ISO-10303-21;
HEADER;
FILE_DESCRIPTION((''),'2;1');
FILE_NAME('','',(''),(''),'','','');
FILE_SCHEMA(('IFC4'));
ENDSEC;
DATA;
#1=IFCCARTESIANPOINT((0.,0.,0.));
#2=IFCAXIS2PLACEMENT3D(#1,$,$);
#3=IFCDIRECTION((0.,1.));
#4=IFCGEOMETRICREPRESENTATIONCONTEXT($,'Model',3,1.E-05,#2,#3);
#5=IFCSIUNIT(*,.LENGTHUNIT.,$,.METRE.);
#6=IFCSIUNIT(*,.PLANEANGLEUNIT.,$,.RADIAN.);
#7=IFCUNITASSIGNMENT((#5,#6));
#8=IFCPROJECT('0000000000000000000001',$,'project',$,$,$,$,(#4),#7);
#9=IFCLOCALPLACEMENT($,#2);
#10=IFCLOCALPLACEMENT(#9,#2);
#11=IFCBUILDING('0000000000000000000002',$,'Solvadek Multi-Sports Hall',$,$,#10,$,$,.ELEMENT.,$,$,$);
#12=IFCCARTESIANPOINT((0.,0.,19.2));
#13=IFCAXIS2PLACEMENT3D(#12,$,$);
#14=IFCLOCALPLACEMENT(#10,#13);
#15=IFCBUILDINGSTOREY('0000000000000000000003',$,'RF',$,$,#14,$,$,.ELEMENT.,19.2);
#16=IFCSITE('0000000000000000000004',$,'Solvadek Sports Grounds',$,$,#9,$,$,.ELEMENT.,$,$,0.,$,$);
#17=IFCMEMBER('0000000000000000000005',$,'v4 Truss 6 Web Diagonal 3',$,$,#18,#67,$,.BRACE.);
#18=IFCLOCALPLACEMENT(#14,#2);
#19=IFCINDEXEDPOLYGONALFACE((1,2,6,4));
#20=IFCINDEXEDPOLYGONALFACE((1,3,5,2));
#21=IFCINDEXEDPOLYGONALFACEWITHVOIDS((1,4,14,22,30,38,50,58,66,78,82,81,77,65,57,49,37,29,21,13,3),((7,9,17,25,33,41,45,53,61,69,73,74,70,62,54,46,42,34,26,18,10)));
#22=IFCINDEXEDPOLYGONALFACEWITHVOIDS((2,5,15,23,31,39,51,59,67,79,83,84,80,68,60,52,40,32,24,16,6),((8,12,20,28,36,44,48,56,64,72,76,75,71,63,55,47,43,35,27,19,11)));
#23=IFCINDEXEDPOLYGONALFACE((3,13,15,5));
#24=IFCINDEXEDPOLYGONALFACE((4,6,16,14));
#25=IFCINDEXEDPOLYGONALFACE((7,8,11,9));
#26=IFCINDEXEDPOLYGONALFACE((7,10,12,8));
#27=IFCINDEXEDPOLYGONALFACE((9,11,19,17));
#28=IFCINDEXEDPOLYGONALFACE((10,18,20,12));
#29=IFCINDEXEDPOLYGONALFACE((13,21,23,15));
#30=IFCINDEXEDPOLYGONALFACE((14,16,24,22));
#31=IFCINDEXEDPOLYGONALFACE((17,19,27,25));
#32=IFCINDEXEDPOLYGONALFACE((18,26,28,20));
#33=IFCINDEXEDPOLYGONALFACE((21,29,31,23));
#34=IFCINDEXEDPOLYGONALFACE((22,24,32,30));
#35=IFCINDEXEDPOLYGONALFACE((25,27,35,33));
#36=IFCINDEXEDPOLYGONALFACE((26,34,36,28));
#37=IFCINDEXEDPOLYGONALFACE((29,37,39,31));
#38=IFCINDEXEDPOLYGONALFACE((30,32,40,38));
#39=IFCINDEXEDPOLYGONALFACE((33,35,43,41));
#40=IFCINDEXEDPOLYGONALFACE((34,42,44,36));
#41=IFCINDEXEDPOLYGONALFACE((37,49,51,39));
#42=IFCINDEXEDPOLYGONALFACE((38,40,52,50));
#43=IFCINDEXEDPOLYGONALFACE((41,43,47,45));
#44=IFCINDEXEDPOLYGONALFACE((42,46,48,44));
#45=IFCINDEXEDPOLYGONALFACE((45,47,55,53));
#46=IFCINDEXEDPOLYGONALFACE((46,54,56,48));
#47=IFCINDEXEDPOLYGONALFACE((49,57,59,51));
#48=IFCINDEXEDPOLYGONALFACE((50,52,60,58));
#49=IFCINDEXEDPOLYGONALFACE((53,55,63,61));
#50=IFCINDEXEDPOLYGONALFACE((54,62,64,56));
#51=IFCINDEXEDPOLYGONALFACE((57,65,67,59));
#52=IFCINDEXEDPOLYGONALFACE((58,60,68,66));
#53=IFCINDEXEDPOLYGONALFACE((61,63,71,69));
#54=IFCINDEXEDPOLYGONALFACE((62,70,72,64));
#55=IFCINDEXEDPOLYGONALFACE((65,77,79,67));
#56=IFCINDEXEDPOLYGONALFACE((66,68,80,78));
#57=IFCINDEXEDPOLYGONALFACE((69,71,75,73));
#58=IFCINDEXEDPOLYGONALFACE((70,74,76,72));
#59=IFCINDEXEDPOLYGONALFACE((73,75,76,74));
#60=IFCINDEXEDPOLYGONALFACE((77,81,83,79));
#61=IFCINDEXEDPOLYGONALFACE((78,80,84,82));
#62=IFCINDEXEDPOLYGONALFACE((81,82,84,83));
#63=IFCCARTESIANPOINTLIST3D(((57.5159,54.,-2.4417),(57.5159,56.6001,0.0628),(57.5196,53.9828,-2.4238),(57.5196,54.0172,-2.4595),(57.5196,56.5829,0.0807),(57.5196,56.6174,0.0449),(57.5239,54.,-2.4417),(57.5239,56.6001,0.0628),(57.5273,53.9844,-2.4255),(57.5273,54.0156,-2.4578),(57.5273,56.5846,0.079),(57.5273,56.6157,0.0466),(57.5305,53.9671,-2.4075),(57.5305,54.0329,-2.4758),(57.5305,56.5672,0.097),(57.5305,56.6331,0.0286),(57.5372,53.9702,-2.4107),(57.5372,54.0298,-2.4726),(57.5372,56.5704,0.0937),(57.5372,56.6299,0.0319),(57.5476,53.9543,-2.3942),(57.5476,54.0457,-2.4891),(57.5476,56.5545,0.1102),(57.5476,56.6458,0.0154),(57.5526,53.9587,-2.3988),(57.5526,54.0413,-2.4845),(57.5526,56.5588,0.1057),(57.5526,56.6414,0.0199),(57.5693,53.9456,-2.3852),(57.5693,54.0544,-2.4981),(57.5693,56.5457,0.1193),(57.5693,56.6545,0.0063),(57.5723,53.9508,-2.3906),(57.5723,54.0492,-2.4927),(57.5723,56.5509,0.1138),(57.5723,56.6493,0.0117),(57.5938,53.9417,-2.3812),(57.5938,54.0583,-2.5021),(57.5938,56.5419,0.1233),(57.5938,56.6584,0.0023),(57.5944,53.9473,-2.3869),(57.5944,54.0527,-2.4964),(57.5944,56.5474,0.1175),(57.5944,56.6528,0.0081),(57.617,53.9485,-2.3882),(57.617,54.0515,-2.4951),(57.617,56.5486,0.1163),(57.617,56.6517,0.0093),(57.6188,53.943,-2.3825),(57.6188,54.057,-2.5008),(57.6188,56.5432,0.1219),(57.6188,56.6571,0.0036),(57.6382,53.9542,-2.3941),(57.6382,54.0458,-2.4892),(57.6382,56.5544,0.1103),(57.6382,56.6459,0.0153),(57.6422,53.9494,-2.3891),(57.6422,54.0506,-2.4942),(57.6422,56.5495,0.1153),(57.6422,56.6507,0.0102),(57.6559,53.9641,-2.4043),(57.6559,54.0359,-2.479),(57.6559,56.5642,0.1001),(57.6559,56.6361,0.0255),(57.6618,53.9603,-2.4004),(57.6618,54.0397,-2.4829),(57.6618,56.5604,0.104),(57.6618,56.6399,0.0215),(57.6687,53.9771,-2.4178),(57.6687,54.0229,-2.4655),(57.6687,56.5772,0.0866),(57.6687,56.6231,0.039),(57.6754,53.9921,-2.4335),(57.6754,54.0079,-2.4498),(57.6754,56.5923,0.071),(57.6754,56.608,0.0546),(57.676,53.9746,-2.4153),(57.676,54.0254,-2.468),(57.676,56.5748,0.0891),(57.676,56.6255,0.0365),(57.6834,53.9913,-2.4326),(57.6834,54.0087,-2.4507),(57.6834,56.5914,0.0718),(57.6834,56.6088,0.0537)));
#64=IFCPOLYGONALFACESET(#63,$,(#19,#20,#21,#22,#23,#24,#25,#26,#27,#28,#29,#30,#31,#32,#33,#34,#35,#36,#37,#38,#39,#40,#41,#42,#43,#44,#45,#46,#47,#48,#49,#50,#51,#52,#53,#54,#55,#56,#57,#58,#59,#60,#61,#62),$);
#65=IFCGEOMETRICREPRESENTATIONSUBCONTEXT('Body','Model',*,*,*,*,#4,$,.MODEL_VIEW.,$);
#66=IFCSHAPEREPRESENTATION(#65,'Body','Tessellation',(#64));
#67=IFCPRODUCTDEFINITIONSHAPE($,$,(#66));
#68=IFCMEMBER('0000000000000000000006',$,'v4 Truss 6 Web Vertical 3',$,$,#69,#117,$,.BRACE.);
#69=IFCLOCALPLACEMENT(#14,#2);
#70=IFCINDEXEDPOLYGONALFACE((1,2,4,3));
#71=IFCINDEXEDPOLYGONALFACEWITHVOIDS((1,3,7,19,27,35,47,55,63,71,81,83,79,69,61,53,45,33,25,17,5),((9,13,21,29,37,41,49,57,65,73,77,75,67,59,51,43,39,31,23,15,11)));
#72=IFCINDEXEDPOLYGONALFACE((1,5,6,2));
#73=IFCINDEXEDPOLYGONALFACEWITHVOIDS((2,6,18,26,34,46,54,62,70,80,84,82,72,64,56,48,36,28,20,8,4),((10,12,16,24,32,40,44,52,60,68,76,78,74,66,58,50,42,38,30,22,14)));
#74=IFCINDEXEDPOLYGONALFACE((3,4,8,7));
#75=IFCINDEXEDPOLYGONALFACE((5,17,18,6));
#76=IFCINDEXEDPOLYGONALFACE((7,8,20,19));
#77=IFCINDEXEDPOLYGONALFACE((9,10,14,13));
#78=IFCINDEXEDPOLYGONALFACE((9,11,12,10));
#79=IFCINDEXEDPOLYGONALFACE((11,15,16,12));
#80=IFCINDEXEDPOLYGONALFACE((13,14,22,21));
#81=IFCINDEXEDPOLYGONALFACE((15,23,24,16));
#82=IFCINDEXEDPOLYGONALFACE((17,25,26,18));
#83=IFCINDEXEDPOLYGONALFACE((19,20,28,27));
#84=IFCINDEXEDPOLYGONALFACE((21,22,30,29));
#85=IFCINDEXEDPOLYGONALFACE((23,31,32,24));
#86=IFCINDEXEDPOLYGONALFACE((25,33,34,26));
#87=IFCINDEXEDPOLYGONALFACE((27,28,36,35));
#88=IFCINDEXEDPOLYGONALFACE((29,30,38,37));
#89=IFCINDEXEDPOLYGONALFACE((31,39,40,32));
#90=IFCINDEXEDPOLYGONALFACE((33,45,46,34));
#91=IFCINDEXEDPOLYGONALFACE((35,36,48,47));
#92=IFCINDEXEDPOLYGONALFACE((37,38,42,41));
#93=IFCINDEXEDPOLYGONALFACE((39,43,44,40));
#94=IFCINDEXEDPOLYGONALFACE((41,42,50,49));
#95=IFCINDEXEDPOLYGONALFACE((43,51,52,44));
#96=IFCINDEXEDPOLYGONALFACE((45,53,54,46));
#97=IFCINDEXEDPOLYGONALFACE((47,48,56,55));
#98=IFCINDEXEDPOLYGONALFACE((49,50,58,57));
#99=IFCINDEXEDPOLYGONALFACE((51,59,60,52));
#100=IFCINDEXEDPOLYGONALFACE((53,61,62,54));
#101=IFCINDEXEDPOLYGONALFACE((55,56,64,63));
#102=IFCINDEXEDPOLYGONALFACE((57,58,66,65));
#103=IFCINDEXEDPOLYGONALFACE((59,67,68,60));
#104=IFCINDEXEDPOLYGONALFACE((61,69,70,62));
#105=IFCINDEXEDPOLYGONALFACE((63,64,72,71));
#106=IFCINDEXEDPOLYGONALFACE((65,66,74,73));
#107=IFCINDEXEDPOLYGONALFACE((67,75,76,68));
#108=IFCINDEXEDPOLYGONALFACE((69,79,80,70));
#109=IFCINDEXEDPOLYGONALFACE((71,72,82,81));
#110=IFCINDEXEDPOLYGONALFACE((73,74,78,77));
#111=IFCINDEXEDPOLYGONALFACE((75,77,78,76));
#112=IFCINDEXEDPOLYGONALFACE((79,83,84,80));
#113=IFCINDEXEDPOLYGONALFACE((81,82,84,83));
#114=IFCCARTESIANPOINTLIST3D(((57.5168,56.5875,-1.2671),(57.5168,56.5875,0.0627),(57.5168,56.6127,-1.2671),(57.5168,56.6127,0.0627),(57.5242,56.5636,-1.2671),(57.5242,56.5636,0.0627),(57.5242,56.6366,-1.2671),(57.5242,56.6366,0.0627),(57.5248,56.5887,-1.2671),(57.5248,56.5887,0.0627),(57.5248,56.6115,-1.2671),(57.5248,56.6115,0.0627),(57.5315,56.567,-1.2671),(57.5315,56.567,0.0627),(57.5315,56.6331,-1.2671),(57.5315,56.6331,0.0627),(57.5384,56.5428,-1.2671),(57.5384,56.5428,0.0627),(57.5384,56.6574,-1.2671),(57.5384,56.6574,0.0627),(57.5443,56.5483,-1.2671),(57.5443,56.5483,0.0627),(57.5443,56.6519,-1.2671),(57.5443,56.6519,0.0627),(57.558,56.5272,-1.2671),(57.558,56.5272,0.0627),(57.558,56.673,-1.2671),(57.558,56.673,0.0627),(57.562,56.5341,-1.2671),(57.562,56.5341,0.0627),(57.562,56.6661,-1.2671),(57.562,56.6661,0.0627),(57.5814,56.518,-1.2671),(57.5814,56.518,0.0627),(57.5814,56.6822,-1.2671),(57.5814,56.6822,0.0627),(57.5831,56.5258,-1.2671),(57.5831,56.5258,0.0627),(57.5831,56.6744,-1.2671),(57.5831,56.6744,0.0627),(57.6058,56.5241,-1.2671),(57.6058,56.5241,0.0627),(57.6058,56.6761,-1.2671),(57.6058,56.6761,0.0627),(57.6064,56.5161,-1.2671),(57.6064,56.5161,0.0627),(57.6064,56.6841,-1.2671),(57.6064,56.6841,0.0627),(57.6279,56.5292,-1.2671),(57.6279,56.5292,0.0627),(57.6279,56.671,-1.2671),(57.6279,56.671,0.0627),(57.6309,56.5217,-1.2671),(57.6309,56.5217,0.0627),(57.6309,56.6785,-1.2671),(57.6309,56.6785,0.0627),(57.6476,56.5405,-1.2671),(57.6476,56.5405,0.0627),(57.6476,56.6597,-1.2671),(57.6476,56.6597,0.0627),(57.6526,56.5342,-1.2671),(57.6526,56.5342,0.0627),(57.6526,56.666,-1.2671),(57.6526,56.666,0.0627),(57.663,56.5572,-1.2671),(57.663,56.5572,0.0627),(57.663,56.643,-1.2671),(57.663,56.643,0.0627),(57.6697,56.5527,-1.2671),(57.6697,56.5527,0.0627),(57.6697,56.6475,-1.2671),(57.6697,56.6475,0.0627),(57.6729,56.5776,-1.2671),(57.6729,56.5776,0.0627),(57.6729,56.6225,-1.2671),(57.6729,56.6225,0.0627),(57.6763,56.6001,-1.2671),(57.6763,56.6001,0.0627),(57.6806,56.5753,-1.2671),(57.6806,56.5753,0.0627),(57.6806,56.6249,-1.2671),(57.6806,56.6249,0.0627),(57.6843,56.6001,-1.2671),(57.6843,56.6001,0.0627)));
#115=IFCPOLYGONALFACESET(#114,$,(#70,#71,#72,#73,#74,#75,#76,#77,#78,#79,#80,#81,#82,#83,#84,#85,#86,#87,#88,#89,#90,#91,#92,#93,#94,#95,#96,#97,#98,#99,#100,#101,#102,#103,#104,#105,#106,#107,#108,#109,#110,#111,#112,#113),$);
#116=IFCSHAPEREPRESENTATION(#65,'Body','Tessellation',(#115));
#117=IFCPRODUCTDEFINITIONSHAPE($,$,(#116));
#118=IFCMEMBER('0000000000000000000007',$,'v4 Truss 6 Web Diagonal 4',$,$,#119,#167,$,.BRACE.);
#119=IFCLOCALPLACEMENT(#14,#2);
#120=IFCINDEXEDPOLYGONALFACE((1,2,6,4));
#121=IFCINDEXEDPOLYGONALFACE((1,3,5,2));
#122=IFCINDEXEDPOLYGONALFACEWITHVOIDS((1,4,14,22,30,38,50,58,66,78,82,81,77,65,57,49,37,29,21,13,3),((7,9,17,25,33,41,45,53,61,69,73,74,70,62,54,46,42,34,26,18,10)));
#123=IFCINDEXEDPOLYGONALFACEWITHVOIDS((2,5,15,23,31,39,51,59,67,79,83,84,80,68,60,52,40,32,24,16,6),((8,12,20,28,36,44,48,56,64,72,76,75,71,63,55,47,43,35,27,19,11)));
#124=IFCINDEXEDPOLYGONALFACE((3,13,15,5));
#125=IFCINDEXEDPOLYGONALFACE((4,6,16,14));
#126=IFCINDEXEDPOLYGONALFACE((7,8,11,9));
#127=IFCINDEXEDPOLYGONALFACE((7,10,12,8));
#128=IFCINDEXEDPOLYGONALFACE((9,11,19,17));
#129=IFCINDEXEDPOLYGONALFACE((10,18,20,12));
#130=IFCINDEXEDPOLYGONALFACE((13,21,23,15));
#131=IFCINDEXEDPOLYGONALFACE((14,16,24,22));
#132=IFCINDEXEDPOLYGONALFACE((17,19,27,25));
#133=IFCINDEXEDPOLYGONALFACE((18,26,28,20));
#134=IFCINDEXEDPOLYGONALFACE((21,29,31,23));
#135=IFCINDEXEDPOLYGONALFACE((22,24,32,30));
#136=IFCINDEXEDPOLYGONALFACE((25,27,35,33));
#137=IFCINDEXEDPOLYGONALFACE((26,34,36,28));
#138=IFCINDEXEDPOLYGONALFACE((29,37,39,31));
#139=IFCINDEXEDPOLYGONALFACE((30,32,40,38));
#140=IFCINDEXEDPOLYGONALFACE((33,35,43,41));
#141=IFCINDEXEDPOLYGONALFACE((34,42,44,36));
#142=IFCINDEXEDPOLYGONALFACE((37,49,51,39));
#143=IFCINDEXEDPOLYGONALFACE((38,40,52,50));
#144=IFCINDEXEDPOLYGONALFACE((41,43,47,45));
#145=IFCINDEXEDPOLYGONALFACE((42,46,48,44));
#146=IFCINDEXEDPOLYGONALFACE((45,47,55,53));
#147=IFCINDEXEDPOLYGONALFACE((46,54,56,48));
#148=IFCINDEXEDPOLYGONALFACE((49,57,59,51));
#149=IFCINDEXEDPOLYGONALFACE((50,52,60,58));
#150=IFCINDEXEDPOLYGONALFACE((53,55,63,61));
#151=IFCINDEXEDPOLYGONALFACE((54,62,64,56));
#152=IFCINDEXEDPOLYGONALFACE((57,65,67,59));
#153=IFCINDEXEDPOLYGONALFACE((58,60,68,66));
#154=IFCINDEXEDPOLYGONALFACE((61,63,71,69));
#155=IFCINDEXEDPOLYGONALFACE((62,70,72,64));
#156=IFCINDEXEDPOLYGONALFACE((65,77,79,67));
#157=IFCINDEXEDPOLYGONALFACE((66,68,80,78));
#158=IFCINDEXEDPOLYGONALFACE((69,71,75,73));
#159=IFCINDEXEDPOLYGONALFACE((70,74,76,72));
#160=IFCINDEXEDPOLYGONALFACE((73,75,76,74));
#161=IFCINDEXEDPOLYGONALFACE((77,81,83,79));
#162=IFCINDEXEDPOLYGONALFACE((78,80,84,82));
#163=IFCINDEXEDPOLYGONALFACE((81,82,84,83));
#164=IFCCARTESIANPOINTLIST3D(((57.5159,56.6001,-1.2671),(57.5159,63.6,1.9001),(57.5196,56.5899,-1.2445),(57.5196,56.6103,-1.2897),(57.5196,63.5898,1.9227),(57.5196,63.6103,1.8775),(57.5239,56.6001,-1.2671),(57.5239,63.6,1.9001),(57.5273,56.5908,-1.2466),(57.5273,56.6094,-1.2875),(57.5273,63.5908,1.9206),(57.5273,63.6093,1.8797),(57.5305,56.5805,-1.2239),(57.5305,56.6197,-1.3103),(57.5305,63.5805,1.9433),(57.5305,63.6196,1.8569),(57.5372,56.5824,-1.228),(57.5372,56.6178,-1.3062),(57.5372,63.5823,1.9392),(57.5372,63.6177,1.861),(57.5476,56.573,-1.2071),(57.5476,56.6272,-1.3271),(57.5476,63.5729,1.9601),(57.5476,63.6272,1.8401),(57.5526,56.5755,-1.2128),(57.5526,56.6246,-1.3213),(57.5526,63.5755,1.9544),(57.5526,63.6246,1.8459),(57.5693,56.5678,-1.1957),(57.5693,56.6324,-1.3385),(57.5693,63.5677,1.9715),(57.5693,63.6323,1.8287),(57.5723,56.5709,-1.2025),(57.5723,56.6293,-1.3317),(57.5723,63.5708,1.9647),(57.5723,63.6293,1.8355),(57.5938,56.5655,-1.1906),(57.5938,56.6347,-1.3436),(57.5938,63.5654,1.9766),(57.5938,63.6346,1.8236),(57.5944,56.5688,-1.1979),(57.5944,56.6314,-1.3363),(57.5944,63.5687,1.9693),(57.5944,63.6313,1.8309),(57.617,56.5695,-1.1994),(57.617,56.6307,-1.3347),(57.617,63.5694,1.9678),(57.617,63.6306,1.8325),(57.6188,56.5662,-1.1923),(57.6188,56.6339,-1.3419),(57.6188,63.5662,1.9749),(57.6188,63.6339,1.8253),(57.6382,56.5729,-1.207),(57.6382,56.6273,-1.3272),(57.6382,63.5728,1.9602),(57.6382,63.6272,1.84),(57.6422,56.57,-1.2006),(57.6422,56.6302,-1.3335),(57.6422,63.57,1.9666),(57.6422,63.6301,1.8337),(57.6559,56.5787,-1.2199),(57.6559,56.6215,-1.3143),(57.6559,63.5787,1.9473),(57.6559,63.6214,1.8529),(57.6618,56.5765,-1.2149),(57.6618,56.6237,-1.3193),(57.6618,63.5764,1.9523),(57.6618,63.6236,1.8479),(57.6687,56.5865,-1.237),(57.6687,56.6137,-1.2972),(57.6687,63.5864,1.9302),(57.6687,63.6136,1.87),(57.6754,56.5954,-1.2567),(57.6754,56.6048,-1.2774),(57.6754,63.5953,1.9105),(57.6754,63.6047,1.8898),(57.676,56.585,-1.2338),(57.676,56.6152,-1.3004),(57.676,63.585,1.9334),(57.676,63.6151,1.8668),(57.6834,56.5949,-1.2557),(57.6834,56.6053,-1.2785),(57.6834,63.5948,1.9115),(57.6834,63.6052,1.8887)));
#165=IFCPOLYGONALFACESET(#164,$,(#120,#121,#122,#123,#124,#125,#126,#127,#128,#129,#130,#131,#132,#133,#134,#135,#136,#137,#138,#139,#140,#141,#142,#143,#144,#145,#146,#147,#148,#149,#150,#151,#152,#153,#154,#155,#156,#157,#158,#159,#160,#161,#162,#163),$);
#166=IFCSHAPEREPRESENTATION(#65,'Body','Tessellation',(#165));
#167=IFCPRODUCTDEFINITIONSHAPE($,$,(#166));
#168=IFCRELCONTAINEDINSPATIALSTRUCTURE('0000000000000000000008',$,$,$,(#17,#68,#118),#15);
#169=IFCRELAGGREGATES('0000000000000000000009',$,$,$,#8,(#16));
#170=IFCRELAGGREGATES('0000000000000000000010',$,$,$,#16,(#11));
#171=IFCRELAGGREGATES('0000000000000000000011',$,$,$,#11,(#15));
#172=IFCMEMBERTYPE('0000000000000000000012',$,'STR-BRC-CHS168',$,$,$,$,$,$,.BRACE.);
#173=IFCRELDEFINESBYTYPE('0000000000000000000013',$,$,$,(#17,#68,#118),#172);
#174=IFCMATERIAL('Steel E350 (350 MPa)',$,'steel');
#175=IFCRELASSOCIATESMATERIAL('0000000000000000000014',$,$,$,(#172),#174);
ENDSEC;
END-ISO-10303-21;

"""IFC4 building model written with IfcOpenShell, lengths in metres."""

from ifc_helpers import new_model, si_unit, direction, frame, origin, origin_2d, place, context, subcontext, project, spatial, hollow_circle, extrude, material, material_profile, profile_set, type_object, element, save


model = new_model("IFC4")

# Units and contexts
model_context = context("Model", 3, precision=1e-05, world=origin(), true_north=direction((0.0, 1.0)))
body_context = subcontext(model_context, "Body", "Model", "MODEL_VIEW")
ifc_project = project(units=[si_unit("LENGTHUNIT", "METRE"), si_unit("PLANEANGLEUNIT", "RADIAN")], contexts=[model_context])

# Site, building, storey
site_placement = place(None, origin())
site = spatial("IfcSite", under=ifc_project, at=site_placement, Name="Solvadek Sports Grounds", CompositionType="ELEMENT", RefElevation=0.0)
building_placement = place(site_placement, origin())
building = spatial("IfcBuilding", under=site, at=building_placement, Name="Solvadek Multi-Sports Hall", CompositionType="ELEMENT")
storey_placement = place(building_placement, frame((0.0, 0.0, 19.2)))
storey = spatial("IfcBuildingStorey", under=building, at=storey_placement, Name="RF", CompositionType="ELEMENT", Elevation=19.2)

# Shared definitions
ifc_material_1 = material(Name="Steel E350 (350 MPa)", Category="steel")

# Members
ifc_material_profile_1 = material_profile(ifc_material_1, hollow_circle(Radius=0.0842, WallThickness=0.0081, at=origin_2d()), Name="CHS 168.3x8")
ifc_profile_set_1 = profile_set([ifc_material_profile_1], Name="Steel E350 (350 MPa)")
member_type_1 = type_object("IfcMemberType", Name="STR-BRC-CHS168", PredefinedType="BRACE", material=ifc_profile_set_1)
member_1_placement = place(storey_placement, frame((57.6001, 54.0, -2.4417), z_axis=(0.0, 0.720238, 0.693727), x_axis=(-1.0, 0.0, 0.0)))
element("IfcMember", 1, at=member_1_placement, inside=storey, type_object=member_type_1, Name="v4 Truss 6 Web Diagonal 3", PredefinedType="BRACE", context=body_context, shape_type="SweptSolid", body=[
    extrude(hollow_circle(Radius=0.0842, WallThickness=0.0081, at=origin_2d()), origin(), (0.0, 0.0, 1.0), 3.6101),
])
member_2_placement = place(storey_placement, frame((57.6001, 56.6001, -1.2671), z_axis=(0.0, 0.0, 1.0), x_axis=(1.0, 0.0, 0.0)))
element("IfcMember", 2, at=member_2_placement, inside=storey, type_object=member_type_1, Name="v4 Truss 6 Web Vertical 3", PredefinedType="BRACE", context=body_context, shape_type="SweptSolid", body=[
    extrude(hollow_circle(Radius=0.0842, WallThickness=0.0081, at=origin_2d()), origin(), (0.0, 0.0, 1.0), 1.3298),
])
member_3_placement = place(storey_placement, frame((57.6001, 56.6001, -1.2671), z_axis=(0.0, 0.91108, 0.412229), x_axis=(-1.0, 0.0, 0.0)))
element("IfcMember", 3, at=member_3_placement, inside=storey, type_object=member_type_1, Name="v4 Truss 6 Web Diagonal 4", PredefinedType="BRACE", context=body_context, shape_type="SweptSolid", body=[
    extrude(hollow_circle(Radius=0.0842, WallThickness=0.0081, at=origin_2d()), origin(), (0.0, 0.0, 1.0), 7.6831),
])

save(model, "model.ifc")
